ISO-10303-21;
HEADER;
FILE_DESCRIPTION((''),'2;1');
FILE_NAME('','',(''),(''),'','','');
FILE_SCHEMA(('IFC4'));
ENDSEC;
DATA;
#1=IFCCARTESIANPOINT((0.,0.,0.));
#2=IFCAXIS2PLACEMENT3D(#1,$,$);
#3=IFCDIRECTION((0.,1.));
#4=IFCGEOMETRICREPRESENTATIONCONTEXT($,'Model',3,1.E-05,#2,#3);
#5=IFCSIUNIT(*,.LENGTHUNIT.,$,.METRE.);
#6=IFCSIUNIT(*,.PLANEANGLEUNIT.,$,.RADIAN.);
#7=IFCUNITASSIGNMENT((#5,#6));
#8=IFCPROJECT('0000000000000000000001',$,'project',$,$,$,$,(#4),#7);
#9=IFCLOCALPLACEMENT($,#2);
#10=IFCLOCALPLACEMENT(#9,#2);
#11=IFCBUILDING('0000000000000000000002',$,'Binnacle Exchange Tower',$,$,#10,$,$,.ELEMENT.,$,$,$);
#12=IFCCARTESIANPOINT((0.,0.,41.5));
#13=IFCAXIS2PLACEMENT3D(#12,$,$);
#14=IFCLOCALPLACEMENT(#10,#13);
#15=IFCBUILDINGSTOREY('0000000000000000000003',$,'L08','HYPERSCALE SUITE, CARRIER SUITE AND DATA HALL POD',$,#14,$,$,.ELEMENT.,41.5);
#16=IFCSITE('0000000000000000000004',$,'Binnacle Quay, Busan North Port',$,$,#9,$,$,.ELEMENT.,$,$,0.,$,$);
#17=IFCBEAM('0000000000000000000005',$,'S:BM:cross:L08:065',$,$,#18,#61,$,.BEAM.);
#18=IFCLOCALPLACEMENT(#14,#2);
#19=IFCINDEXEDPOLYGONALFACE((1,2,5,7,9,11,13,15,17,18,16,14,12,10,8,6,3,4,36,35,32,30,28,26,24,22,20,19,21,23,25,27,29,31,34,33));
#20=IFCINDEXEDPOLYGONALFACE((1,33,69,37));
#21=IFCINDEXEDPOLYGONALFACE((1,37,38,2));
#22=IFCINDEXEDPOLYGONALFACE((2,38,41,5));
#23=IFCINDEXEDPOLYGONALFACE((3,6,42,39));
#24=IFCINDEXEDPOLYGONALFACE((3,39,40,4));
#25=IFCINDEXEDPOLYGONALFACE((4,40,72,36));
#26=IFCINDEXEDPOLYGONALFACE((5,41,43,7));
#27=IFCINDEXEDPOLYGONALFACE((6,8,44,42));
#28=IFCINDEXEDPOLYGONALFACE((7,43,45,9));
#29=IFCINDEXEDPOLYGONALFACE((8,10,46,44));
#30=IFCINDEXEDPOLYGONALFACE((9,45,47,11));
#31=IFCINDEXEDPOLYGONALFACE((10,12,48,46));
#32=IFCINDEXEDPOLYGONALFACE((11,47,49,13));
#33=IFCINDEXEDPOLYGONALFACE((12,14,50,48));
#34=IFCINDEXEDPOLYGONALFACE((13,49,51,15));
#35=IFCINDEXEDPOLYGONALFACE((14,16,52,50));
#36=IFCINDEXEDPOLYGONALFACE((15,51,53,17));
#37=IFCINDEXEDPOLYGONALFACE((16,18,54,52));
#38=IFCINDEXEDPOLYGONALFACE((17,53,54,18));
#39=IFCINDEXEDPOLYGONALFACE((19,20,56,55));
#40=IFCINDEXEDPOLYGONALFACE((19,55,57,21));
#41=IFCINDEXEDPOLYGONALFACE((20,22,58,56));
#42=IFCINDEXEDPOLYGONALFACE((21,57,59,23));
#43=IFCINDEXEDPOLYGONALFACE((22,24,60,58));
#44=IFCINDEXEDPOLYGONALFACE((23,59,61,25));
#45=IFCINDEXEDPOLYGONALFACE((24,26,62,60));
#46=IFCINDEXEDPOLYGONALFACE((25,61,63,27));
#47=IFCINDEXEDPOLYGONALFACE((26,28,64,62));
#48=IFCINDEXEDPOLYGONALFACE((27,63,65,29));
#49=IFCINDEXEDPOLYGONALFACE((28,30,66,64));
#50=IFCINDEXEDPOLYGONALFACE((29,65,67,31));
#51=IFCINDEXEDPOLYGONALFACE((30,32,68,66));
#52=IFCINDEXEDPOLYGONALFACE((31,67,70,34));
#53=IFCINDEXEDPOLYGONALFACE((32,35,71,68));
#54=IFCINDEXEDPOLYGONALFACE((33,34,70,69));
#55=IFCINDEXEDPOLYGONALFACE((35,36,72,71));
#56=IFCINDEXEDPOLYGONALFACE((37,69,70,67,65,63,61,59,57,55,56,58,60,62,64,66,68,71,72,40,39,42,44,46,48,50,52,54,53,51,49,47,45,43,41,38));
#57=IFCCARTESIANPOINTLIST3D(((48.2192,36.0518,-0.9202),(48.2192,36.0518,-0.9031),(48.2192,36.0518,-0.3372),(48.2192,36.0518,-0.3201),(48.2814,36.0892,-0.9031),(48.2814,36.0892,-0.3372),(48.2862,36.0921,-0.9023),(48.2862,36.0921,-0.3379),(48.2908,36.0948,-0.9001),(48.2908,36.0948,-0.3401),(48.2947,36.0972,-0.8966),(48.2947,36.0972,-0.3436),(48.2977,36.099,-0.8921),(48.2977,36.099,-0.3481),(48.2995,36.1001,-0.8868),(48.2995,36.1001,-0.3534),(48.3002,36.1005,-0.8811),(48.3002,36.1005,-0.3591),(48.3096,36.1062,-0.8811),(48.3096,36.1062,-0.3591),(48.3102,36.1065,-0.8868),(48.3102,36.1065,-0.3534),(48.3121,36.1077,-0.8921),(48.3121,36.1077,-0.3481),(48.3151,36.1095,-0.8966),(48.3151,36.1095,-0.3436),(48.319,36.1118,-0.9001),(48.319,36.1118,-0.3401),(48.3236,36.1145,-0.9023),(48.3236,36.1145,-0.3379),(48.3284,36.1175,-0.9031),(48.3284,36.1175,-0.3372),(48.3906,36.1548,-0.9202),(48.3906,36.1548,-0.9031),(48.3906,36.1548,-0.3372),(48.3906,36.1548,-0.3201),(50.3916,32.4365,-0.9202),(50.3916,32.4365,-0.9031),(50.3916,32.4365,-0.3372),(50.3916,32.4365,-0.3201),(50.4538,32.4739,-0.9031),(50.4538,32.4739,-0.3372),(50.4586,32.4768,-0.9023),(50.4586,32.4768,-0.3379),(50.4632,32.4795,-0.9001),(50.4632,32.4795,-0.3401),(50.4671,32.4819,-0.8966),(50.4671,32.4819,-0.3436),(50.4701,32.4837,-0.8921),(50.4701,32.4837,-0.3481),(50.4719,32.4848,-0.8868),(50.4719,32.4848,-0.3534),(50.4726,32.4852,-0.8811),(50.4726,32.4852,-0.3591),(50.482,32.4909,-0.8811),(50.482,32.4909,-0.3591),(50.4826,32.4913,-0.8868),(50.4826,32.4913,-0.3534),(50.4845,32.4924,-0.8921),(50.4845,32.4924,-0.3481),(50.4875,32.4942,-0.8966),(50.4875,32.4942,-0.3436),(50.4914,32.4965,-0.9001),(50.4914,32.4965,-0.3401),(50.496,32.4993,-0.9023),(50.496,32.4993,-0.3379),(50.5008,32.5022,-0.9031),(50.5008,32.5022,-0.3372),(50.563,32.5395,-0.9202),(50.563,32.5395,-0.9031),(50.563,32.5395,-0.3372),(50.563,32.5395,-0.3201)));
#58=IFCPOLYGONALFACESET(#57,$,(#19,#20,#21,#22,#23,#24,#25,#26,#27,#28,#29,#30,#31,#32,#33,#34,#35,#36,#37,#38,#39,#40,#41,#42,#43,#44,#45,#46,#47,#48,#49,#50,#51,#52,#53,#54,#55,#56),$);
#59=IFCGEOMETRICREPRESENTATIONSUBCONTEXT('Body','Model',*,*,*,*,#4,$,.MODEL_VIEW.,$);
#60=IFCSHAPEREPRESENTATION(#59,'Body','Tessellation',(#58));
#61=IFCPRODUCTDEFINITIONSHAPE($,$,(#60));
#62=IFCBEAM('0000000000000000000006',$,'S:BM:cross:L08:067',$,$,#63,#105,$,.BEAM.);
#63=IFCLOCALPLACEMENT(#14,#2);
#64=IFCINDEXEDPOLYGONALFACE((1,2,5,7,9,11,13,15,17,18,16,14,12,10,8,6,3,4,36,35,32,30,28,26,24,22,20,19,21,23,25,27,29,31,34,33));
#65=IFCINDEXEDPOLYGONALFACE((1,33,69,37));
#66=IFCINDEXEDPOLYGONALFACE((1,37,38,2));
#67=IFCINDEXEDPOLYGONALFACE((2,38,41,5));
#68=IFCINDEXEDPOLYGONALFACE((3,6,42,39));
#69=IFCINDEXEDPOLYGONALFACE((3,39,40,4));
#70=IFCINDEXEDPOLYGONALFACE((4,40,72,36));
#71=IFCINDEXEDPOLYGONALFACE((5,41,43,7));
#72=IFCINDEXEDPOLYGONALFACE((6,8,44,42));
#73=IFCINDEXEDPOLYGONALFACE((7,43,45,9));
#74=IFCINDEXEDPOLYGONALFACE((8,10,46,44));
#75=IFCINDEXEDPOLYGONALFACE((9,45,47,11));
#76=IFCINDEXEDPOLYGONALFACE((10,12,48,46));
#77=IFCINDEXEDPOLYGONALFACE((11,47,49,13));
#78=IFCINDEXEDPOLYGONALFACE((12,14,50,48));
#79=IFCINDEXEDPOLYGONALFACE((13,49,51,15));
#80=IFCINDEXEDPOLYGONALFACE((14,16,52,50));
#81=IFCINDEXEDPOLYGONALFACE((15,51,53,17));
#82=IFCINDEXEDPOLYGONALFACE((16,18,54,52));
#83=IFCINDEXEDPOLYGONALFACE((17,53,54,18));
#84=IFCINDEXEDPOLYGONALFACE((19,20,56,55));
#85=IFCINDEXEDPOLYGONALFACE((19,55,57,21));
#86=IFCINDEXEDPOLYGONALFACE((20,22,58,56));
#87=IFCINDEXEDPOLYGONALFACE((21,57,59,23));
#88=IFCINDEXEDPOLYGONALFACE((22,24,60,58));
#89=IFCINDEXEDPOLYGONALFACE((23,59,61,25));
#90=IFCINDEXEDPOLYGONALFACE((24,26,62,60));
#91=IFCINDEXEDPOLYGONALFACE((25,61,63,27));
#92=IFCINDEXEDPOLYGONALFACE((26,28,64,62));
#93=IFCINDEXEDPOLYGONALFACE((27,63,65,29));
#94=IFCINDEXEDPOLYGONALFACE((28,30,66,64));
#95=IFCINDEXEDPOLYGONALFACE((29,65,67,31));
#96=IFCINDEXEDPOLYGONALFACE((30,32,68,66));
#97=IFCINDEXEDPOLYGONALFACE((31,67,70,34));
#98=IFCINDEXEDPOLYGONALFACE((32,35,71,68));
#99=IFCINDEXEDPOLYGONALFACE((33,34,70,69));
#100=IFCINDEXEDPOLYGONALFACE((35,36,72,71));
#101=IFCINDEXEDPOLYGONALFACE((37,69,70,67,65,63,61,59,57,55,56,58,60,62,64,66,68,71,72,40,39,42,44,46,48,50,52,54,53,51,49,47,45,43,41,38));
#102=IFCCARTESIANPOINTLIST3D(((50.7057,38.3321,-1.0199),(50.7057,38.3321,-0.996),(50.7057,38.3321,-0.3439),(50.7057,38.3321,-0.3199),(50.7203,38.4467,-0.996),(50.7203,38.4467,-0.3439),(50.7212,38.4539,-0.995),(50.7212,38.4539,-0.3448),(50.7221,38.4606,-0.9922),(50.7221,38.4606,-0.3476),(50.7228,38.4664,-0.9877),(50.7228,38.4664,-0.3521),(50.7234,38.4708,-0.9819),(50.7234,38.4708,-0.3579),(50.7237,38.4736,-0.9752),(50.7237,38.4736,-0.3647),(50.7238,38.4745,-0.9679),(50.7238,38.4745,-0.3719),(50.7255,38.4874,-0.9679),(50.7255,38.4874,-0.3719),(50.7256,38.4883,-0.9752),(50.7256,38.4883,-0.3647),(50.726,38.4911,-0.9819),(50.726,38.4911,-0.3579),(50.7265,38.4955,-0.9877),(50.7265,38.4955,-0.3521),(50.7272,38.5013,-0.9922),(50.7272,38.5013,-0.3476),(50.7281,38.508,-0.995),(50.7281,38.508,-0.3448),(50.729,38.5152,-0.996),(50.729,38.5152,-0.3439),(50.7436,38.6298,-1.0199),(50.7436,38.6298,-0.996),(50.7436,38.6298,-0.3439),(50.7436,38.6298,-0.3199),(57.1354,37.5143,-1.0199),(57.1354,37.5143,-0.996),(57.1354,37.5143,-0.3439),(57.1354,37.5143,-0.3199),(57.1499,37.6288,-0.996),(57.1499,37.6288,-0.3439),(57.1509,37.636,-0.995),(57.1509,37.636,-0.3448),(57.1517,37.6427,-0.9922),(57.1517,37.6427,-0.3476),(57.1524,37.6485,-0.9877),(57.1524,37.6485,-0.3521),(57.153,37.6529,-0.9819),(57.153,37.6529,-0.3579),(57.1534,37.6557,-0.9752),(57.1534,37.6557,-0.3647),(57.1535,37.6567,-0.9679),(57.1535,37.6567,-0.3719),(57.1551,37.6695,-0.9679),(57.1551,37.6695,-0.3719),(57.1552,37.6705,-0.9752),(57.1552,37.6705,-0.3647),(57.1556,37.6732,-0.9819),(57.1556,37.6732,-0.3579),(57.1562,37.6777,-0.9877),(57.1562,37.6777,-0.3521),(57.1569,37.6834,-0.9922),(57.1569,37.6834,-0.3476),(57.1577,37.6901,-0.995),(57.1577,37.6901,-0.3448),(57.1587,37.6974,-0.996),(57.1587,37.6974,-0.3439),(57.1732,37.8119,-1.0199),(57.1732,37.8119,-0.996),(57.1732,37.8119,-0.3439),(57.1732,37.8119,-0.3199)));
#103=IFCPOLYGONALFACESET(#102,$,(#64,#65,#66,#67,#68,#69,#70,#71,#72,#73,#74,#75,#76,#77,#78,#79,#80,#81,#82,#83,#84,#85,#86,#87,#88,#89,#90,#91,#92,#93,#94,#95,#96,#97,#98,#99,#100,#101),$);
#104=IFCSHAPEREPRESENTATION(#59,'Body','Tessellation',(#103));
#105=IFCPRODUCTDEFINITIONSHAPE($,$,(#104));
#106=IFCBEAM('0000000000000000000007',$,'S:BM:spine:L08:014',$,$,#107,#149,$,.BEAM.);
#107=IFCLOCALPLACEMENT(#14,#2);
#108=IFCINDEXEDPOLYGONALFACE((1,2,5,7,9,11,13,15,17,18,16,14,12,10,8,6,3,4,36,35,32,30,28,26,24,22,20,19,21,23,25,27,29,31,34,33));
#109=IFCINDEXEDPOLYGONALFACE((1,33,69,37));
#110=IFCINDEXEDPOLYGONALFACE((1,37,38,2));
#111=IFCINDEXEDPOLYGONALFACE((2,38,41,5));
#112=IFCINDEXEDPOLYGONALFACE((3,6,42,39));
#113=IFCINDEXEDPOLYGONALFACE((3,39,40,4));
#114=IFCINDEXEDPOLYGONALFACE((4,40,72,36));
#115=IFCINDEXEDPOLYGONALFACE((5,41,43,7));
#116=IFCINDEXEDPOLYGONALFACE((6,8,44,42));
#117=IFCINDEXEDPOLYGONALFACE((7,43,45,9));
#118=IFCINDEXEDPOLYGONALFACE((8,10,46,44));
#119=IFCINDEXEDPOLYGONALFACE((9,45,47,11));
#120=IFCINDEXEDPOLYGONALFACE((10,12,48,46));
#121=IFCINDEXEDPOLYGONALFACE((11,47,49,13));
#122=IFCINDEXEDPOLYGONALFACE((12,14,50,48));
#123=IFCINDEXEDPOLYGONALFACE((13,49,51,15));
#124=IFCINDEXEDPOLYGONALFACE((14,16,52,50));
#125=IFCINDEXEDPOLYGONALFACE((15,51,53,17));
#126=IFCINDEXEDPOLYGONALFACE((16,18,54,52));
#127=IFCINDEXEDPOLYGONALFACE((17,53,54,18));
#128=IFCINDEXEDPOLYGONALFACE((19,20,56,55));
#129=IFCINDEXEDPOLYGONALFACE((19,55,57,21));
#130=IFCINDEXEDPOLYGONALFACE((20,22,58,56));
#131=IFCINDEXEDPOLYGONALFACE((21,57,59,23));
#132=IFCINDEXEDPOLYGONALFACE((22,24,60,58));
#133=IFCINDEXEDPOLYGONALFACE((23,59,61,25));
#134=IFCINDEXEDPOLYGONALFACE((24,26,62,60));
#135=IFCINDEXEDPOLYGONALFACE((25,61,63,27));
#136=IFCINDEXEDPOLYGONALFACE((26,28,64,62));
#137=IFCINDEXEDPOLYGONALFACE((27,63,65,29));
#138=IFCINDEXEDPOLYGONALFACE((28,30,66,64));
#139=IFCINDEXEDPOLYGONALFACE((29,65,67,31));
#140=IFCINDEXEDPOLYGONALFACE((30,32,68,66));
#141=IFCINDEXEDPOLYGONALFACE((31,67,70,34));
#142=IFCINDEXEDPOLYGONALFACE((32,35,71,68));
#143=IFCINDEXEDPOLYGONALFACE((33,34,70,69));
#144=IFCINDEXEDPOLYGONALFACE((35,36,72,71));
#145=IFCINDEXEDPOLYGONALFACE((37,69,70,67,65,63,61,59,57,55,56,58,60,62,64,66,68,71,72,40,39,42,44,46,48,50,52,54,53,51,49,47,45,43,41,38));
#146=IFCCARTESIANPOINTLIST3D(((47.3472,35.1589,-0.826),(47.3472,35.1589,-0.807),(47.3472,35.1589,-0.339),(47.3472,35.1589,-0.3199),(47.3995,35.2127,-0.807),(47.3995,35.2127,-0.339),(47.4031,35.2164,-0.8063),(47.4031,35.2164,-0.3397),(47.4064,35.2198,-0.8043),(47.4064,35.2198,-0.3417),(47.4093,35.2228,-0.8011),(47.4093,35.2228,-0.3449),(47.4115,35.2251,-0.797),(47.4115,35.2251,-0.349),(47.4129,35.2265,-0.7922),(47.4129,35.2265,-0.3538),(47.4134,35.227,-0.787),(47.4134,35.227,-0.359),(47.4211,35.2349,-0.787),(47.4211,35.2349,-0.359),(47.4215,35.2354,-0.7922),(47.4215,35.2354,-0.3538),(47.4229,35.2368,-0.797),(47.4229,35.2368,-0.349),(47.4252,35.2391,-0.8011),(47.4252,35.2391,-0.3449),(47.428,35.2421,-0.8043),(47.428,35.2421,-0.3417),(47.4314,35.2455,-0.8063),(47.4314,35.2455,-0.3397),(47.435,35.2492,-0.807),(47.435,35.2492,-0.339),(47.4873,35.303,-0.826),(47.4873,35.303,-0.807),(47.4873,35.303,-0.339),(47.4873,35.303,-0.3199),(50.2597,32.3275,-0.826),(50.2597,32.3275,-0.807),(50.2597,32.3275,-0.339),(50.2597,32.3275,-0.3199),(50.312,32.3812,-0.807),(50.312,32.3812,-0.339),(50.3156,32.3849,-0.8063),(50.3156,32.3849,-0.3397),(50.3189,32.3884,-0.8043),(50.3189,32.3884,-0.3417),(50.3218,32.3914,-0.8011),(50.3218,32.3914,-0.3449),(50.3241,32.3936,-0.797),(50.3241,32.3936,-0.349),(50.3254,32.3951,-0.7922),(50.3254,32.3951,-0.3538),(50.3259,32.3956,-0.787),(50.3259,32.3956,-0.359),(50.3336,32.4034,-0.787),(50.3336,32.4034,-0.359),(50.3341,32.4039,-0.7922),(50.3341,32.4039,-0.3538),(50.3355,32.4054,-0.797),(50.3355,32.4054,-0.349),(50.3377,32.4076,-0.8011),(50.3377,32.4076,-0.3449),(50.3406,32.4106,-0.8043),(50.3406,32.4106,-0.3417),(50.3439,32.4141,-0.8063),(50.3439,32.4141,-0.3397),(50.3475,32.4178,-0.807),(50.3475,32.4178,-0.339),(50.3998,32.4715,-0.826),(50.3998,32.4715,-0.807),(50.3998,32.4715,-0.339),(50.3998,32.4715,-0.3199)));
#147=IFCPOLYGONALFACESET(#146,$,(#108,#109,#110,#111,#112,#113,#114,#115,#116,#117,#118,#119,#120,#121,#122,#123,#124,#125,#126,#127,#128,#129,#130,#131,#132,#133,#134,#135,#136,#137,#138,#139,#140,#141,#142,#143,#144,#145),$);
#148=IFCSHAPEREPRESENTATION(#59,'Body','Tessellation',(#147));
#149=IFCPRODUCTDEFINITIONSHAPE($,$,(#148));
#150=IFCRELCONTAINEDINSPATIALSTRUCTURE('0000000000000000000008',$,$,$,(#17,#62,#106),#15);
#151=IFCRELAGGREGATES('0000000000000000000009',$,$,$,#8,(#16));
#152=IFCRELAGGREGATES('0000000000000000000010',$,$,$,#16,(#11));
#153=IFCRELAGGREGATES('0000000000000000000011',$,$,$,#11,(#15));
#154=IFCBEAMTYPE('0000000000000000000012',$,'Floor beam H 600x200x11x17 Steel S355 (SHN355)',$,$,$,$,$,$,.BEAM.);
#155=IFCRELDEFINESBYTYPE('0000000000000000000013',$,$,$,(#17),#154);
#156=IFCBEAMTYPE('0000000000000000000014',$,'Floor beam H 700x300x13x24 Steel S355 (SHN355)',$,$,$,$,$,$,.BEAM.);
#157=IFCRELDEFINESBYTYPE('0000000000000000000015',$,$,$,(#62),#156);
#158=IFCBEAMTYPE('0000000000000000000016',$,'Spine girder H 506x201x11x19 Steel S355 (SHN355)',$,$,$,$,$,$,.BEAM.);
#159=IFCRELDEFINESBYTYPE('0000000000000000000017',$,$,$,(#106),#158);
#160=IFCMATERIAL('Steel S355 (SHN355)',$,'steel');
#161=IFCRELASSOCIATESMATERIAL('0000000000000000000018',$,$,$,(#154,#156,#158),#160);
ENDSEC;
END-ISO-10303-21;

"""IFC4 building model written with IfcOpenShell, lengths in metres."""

from ifc_helpers import new_model, si_unit, direction, frame, origin, origin_2d, place, context, subcontext, project, spatial, i_section, extrude, material, material_profile, profile_set, type_object, element, save


model = new_model("IFC4")

# Units and contexts
model_context = context("Model", 3, precision=1e-05, world=origin(), true_north=direction((0.0, 1.0)))
body_context = subcontext(model_context, "Body", "Model", "MODEL_VIEW")
ifc_project = project(units=[si_unit("LENGTHUNIT", "METRE"), si_unit("PLANEANGLEUNIT", "RADIAN")], contexts=[model_context])

# Site, building, storey
site_placement = place(None, origin())
site = spatial("IfcSite", under=ifc_project, at=site_placement, Name="Binnacle Quay, Busan North Port", CompositionType="ELEMENT", RefElevation=0.0)
building_placement = place(site_placement, origin())
building = spatial("IfcBuilding", under=site, at=building_placement, Name="Binnacle Exchange Tower", CompositionType="ELEMENT")
storey_placement = place(building_placement, frame((0.0, 0.0, 41.5)))
storey = spatial("IfcBuildingStorey", under=building, at=storey_placement, Name="L08", Description="HYPERSCALE SUITE, CARRIER SUITE AND DATA HALL POD", CompositionType="ELEMENT", Elevation=41.5)

# Beams
ifc_material_1 = material(Name="Steel S355 (SHN355)", Category="steel")
ifc_material_profile_1 = material_profile(ifc_material_1, i_section(OverallWidth=0.2, OverallDepth=0.6001, WebThickness=0.011, FlangeThickness=0.0171, FilletRadius=0.022, at=origin_2d()), Name="H 600x200x11x17")
ifc_profile_set_1 = profile_set([ifc_material_profile_1], Name="Steel S355 (SHN355)")
beam_type_1 = type_object("IfcBeamType", Name="Floor beam H 600x200x11x17 Steel S355 (SHN355)", PredefinedType="BEAM", material=ifc_profile_set_1)
beam_1_placement = place(storey_placement, frame((50.4773, 32.488, -0.6201), z_axis=(-0.515057, 0.857156, 0.0), x_axis=(-0.857156, -0.515057, 0.0)))
element("IfcBeam", 1, at=beam_1_placement, inside=storey, type_object=beam_type_1, Name="S:BM:cross:L08:065", PredefinedType="BEAM", context=body_context, shape_type="SweptSolid", body=[
    extrude(i_section(OverallWidth=0.2, OverallDepth=0.6001, WebThickness=0.011, FlangeThickness=0.0171, FilletRadius=0.022, at=origin_2d()), origin(), (0.0, 0.0, 1.0), 4.2178),
])
ifc_material_profile_2 = material_profile(ifc_material_1, i_section(OverallWidth=0.3, OverallDepth=0.7, WebThickness=0.0129, FlangeThickness=0.0239, FilletRadius=0.0281, at=origin_2d()), Name="H 700x300x13x24")
ifc_profile_set_2 = profile_set([ifc_material_profile_2], Name="Steel S355 (SHN355)")
beam_type_2 = type_object("IfcBeamType", Name="Floor beam H 700x300x13x24 Steel S355 (SHN355)", PredefinedType="BEAM", material=ifc_profile_set_2)
beam_2_placement = place(storey_placement, frame((57.1543, 37.6631, -0.6699), z_axis=(-0.992007, 0.126186, 0.0), x_axis=(-0.126186, -0.992007, 0.0)))
element("IfcBeam", 2, at=beam_2_placement, inside=storey, type_object=beam_type_2, Name="S:BM:cross:L08:067", PredefinedType="BEAM", context=body_context, shape_type="SweptSolid", body=[
    extrude(i_section(OverallWidth=0.3, OverallDepth=0.7, WebThickness=0.0129, FlangeThickness=0.0239, FilletRadius=0.0281, at=origin_2d()), origin(), (0.0, 0.0, 1.0), 6.4814),
])
ifc_material_profile_3 = material_profile(ifc_material_1, i_section(OverallWidth=0.2009, OverallDepth=0.5061, WebThickness=0.011, FlangeThickness=0.019, FilletRadius=0.02, at=origin_2d()), Name="H 506x201x11x19")
ifc_profile_set_3 = profile_set([ifc_material_profile_3], Name="Steel S355 (SHN355)")
beam_type_3 = type_object("IfcBeamType", Name="Spine girder H 506x201x11x19 Steel S355 (SHN355)", PredefinedType="BEAM", material=ifc_profile_set_3)
beam_3_placement = place(storey_placement, frame((47.4172, 35.231, -0.573), z_axis=(0.717013, -0.69706, 0.0), x_axis=(0.69706, 0.717013, 0.0)))
element("IfcBeam", 3, at=beam_3_placement, inside=storey, type_object=beam_type_3, Name="S:BM:spine:L08:014", PredefinedType="BEAM", context=body_context, shape_type="SweptSolid", body=[
    extrude(i_section(OverallWidth=0.2009, OverallDepth=0.5061, WebThickness=0.011, FlangeThickness=0.019, FilletRadius=0.02, at=origin_2d()), origin(), (0.0, 0.0, 1.0), 4.062),
])

save(model, "model.ifc")
